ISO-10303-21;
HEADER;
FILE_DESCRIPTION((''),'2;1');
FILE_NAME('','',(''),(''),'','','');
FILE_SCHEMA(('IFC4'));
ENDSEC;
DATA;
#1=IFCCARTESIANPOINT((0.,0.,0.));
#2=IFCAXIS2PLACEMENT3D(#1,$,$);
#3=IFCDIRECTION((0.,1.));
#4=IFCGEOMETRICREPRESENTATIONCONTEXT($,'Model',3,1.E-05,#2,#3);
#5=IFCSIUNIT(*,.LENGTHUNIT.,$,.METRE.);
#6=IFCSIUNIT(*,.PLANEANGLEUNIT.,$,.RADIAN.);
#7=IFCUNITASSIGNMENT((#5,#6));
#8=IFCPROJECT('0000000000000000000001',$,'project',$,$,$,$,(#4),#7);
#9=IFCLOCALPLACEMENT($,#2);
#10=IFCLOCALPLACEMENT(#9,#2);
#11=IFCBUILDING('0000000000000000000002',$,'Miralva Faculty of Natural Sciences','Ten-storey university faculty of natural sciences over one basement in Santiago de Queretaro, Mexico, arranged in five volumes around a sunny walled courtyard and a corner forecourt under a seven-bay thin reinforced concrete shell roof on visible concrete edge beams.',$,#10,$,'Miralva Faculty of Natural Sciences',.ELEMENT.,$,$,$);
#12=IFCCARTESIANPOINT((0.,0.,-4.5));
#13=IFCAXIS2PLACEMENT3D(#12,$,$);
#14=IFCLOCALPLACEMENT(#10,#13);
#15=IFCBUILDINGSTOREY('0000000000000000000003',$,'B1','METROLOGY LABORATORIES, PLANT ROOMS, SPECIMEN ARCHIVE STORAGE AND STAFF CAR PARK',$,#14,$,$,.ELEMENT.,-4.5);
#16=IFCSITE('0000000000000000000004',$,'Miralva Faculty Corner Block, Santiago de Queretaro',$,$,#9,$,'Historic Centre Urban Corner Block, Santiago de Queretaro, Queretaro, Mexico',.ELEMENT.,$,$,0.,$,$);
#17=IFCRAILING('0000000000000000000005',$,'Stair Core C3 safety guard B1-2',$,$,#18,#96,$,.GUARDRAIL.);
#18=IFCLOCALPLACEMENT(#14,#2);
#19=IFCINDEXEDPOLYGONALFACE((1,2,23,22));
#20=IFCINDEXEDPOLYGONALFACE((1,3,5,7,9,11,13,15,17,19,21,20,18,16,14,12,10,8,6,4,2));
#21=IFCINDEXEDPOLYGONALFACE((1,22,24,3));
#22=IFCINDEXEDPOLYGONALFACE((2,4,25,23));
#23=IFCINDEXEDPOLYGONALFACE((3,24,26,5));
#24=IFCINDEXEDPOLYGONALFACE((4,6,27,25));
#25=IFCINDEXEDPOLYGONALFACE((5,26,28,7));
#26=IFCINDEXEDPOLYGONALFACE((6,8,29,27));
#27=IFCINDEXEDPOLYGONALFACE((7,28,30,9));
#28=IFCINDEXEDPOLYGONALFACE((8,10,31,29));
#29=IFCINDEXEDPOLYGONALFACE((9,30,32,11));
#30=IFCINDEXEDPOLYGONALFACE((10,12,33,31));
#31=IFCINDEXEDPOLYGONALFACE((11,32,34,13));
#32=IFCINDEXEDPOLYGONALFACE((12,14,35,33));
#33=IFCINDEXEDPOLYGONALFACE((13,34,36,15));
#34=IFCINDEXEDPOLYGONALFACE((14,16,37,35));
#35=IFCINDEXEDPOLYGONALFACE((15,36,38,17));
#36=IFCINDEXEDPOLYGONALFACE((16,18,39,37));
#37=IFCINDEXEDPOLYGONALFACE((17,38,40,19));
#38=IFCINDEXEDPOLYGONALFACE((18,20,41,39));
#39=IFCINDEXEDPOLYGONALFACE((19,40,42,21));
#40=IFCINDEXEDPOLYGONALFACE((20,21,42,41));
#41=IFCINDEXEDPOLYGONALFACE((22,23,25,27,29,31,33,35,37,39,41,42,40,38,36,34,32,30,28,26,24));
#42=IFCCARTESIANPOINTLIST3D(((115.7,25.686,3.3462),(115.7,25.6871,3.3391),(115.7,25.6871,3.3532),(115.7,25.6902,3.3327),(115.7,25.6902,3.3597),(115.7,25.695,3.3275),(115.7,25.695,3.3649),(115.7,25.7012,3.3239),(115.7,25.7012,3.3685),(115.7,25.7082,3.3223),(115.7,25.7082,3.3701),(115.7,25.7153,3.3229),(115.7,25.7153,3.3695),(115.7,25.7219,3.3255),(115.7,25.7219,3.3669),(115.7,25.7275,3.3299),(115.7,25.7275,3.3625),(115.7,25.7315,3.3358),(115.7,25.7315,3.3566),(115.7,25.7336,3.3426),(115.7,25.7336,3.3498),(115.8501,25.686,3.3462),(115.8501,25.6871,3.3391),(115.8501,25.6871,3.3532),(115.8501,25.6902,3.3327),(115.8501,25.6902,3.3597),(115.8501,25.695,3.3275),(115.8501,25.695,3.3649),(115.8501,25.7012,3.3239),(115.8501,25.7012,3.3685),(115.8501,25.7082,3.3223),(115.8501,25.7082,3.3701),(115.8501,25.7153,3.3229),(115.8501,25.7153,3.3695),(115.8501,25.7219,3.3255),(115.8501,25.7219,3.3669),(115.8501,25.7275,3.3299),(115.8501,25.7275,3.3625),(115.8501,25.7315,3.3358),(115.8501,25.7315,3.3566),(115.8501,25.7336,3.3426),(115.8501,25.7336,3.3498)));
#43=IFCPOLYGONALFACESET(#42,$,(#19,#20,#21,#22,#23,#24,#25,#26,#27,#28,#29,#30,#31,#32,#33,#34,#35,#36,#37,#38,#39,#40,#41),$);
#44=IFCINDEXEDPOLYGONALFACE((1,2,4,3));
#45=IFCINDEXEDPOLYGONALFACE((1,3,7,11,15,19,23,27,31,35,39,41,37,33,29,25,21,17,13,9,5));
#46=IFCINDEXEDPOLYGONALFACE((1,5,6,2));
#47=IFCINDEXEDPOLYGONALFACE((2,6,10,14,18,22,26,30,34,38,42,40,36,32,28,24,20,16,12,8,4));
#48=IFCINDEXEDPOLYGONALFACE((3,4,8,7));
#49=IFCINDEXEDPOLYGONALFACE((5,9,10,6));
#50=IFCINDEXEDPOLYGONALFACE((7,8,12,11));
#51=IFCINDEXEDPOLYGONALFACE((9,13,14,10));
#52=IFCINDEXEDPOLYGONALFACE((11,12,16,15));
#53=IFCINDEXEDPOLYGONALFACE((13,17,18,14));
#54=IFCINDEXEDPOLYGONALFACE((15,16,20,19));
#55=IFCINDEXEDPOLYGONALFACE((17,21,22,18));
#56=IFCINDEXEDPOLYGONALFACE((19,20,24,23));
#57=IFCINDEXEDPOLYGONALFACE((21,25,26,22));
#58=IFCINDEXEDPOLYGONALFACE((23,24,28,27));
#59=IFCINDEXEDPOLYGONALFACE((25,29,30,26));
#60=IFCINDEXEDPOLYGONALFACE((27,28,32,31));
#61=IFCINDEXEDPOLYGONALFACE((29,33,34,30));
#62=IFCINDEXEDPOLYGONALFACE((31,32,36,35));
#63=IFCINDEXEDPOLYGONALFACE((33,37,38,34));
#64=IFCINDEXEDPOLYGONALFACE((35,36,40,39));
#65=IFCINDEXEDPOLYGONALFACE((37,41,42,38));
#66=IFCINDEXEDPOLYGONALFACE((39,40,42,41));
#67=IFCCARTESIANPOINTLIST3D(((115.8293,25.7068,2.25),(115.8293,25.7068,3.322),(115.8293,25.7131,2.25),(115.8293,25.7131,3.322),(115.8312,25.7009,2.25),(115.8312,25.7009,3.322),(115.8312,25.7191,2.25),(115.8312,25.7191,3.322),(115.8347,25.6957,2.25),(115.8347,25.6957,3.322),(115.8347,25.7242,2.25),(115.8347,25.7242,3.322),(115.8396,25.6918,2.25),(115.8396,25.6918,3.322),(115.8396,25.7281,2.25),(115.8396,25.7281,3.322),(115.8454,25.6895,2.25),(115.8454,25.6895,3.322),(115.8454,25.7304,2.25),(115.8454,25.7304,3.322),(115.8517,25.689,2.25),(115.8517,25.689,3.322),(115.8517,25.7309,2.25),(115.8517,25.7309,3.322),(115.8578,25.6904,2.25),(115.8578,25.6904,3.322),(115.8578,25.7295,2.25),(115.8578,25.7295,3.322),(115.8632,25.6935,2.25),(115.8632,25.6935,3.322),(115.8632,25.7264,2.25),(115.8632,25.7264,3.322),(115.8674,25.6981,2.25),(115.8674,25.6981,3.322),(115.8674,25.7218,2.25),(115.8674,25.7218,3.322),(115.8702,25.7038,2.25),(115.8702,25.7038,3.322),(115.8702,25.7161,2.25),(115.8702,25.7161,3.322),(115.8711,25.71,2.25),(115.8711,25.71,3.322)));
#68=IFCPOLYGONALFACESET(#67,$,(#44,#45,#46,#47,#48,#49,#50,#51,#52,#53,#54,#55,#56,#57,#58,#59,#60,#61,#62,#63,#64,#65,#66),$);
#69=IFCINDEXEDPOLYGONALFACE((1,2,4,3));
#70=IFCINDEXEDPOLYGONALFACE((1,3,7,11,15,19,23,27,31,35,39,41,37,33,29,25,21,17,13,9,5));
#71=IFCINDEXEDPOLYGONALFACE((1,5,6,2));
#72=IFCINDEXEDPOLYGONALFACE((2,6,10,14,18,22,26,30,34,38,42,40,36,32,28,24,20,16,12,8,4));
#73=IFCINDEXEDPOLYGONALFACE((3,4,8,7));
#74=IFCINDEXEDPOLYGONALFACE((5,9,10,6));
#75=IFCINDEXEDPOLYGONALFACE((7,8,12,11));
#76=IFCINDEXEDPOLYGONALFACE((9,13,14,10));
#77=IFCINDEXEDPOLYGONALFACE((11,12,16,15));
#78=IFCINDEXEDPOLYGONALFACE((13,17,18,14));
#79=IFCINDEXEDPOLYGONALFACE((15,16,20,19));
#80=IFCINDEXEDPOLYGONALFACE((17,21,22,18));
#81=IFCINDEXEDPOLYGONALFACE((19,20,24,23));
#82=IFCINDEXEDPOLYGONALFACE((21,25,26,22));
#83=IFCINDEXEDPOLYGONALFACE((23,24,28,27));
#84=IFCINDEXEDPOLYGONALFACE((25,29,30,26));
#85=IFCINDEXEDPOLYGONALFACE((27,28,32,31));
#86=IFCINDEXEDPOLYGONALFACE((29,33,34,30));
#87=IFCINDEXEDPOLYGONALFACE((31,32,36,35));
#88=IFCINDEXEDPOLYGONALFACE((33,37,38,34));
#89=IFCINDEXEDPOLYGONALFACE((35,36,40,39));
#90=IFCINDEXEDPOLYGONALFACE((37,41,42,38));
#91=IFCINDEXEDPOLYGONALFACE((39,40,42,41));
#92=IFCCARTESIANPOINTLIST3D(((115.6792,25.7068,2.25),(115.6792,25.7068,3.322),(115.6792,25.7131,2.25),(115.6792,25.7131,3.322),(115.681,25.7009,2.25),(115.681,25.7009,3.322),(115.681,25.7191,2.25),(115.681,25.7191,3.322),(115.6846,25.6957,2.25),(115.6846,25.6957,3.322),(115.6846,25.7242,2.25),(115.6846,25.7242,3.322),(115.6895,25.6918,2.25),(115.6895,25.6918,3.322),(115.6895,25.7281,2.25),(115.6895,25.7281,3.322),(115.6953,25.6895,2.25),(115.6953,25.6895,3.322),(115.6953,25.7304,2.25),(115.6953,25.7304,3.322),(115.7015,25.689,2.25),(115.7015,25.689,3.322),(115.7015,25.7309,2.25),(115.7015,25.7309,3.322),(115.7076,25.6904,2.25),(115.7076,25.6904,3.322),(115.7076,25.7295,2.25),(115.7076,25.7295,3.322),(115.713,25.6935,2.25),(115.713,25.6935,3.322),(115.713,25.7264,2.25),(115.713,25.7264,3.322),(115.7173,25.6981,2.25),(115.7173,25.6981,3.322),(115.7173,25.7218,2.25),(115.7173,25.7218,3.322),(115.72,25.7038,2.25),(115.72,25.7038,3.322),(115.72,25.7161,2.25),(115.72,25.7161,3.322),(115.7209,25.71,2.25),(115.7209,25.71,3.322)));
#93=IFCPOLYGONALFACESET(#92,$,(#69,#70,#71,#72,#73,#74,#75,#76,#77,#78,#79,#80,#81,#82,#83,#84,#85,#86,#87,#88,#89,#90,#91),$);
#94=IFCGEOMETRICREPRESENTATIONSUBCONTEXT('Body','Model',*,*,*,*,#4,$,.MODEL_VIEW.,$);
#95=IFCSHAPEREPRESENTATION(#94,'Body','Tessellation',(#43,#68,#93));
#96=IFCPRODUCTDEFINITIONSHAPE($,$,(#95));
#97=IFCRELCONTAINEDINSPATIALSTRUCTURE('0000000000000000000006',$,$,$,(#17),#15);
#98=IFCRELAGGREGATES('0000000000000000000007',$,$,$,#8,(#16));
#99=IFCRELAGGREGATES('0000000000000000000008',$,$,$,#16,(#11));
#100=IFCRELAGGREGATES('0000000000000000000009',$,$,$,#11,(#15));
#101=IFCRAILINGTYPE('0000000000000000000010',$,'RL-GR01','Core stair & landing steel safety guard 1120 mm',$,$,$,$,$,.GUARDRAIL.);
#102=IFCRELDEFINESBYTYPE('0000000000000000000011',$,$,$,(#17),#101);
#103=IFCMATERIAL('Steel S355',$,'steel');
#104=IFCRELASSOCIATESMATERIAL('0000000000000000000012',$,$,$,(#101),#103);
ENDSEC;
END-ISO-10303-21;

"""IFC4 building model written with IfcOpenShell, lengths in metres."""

from ifc_helpers import new_model, si_unit, direction, frame, origin, origin_2d, place, context, subcontext, project, spatial, circle, extrude, material, type_object, element, save


model = new_model("IFC4")

# Units and contexts
model_context = context("Model", 3, precision=1e-05, world=origin(), true_north=direction((0.0, 1.0)))
body_context = subcontext(model_context, "Body", "Model", "MODEL_VIEW")
ifc_project = project(units=[si_unit("LENGTHUNIT", "METRE"), si_unit("PLANEANGLEUNIT", "RADIAN")], contexts=[model_context])

# Site, building, storey
site_placement = place(None, origin())
site = spatial("IfcSite", under=ifc_project, at=site_placement, Name="Miralva Faculty Corner Block, Santiago de Queretaro", LongName="Historic Centre Urban Corner Block, Santiago de Queretaro, Queretaro, Mexico", CompositionType="ELEMENT", RefElevation=0.0)
building_placement = place(site_placement, origin())
building = spatial("IfcBuilding", under=site, at=building_placement, Name="Miralva Faculty of Natural Sciences", Description="Ten-storey university faculty of natural sciences over one basement in Santiago de Queretaro, Mexico, arranged in five volumes around a sunny walled courtyard and a corner forecourt under a seven-bay thin reinforced concrete shell roof on visible concrete edge beams.", LongName="Miralva Faculty of Natural Sciences", CompositionType="ELEMENT")
storey_placement = place(building_placement, frame((0.0, 0.0, -4.5)))
storey = spatial("IfcBuildingStorey", under=building, at=storey_placement, Name="B1", Description="METROLOGY LABORATORIES, PLANT ROOMS, SPECIMEN ARCHIVE STORAGE AND STAFF CAR PARK", CompositionType="ELEMENT", Elevation=-4.5)

# Railing
ifc_material_1 = material(Name="Steel S355", Category="steel")
railing_type_1 = type_object("IfcRailingType", Name="RL-GR01", Description="Core stair & landing steel safety guard 1120 mm", PredefinedType="GUARDRAIL", material=ifc_material_1)
railing_1_placement = place(storey_placement, frame((115.8501, 25.71, 2.25)))
element("IfcRailing", 1, at=railing_1_placement, inside=storey, type_object=railing_type_1, Name="Stair Core C3 safety guard B1-2", PredefinedType="GUARDRAIL", context=body_context, shape_type="SweptSolid", body=[
    extrude(circle(Radius=0.0239, at=origin_2d()), frame((0.0, 0.0, 1.0962), z_axis=(-1.0, 0.0, 0.0), x_axis=(0.0, -1.0, 0.0)), (0.0, 0.0, 1.0), 0.1501),
    extrude(circle(Radius=0.021, at=origin_2d()), origin(), (0.0, 0.0, 1.0), 1.072),
    extrude(circle(Radius=0.021, at=origin_2d()), frame((-0.1501, 0.0, 0.0)), (0.0, 0.0, 1.0), 1.072),
])

save(model, "model.ifc")
